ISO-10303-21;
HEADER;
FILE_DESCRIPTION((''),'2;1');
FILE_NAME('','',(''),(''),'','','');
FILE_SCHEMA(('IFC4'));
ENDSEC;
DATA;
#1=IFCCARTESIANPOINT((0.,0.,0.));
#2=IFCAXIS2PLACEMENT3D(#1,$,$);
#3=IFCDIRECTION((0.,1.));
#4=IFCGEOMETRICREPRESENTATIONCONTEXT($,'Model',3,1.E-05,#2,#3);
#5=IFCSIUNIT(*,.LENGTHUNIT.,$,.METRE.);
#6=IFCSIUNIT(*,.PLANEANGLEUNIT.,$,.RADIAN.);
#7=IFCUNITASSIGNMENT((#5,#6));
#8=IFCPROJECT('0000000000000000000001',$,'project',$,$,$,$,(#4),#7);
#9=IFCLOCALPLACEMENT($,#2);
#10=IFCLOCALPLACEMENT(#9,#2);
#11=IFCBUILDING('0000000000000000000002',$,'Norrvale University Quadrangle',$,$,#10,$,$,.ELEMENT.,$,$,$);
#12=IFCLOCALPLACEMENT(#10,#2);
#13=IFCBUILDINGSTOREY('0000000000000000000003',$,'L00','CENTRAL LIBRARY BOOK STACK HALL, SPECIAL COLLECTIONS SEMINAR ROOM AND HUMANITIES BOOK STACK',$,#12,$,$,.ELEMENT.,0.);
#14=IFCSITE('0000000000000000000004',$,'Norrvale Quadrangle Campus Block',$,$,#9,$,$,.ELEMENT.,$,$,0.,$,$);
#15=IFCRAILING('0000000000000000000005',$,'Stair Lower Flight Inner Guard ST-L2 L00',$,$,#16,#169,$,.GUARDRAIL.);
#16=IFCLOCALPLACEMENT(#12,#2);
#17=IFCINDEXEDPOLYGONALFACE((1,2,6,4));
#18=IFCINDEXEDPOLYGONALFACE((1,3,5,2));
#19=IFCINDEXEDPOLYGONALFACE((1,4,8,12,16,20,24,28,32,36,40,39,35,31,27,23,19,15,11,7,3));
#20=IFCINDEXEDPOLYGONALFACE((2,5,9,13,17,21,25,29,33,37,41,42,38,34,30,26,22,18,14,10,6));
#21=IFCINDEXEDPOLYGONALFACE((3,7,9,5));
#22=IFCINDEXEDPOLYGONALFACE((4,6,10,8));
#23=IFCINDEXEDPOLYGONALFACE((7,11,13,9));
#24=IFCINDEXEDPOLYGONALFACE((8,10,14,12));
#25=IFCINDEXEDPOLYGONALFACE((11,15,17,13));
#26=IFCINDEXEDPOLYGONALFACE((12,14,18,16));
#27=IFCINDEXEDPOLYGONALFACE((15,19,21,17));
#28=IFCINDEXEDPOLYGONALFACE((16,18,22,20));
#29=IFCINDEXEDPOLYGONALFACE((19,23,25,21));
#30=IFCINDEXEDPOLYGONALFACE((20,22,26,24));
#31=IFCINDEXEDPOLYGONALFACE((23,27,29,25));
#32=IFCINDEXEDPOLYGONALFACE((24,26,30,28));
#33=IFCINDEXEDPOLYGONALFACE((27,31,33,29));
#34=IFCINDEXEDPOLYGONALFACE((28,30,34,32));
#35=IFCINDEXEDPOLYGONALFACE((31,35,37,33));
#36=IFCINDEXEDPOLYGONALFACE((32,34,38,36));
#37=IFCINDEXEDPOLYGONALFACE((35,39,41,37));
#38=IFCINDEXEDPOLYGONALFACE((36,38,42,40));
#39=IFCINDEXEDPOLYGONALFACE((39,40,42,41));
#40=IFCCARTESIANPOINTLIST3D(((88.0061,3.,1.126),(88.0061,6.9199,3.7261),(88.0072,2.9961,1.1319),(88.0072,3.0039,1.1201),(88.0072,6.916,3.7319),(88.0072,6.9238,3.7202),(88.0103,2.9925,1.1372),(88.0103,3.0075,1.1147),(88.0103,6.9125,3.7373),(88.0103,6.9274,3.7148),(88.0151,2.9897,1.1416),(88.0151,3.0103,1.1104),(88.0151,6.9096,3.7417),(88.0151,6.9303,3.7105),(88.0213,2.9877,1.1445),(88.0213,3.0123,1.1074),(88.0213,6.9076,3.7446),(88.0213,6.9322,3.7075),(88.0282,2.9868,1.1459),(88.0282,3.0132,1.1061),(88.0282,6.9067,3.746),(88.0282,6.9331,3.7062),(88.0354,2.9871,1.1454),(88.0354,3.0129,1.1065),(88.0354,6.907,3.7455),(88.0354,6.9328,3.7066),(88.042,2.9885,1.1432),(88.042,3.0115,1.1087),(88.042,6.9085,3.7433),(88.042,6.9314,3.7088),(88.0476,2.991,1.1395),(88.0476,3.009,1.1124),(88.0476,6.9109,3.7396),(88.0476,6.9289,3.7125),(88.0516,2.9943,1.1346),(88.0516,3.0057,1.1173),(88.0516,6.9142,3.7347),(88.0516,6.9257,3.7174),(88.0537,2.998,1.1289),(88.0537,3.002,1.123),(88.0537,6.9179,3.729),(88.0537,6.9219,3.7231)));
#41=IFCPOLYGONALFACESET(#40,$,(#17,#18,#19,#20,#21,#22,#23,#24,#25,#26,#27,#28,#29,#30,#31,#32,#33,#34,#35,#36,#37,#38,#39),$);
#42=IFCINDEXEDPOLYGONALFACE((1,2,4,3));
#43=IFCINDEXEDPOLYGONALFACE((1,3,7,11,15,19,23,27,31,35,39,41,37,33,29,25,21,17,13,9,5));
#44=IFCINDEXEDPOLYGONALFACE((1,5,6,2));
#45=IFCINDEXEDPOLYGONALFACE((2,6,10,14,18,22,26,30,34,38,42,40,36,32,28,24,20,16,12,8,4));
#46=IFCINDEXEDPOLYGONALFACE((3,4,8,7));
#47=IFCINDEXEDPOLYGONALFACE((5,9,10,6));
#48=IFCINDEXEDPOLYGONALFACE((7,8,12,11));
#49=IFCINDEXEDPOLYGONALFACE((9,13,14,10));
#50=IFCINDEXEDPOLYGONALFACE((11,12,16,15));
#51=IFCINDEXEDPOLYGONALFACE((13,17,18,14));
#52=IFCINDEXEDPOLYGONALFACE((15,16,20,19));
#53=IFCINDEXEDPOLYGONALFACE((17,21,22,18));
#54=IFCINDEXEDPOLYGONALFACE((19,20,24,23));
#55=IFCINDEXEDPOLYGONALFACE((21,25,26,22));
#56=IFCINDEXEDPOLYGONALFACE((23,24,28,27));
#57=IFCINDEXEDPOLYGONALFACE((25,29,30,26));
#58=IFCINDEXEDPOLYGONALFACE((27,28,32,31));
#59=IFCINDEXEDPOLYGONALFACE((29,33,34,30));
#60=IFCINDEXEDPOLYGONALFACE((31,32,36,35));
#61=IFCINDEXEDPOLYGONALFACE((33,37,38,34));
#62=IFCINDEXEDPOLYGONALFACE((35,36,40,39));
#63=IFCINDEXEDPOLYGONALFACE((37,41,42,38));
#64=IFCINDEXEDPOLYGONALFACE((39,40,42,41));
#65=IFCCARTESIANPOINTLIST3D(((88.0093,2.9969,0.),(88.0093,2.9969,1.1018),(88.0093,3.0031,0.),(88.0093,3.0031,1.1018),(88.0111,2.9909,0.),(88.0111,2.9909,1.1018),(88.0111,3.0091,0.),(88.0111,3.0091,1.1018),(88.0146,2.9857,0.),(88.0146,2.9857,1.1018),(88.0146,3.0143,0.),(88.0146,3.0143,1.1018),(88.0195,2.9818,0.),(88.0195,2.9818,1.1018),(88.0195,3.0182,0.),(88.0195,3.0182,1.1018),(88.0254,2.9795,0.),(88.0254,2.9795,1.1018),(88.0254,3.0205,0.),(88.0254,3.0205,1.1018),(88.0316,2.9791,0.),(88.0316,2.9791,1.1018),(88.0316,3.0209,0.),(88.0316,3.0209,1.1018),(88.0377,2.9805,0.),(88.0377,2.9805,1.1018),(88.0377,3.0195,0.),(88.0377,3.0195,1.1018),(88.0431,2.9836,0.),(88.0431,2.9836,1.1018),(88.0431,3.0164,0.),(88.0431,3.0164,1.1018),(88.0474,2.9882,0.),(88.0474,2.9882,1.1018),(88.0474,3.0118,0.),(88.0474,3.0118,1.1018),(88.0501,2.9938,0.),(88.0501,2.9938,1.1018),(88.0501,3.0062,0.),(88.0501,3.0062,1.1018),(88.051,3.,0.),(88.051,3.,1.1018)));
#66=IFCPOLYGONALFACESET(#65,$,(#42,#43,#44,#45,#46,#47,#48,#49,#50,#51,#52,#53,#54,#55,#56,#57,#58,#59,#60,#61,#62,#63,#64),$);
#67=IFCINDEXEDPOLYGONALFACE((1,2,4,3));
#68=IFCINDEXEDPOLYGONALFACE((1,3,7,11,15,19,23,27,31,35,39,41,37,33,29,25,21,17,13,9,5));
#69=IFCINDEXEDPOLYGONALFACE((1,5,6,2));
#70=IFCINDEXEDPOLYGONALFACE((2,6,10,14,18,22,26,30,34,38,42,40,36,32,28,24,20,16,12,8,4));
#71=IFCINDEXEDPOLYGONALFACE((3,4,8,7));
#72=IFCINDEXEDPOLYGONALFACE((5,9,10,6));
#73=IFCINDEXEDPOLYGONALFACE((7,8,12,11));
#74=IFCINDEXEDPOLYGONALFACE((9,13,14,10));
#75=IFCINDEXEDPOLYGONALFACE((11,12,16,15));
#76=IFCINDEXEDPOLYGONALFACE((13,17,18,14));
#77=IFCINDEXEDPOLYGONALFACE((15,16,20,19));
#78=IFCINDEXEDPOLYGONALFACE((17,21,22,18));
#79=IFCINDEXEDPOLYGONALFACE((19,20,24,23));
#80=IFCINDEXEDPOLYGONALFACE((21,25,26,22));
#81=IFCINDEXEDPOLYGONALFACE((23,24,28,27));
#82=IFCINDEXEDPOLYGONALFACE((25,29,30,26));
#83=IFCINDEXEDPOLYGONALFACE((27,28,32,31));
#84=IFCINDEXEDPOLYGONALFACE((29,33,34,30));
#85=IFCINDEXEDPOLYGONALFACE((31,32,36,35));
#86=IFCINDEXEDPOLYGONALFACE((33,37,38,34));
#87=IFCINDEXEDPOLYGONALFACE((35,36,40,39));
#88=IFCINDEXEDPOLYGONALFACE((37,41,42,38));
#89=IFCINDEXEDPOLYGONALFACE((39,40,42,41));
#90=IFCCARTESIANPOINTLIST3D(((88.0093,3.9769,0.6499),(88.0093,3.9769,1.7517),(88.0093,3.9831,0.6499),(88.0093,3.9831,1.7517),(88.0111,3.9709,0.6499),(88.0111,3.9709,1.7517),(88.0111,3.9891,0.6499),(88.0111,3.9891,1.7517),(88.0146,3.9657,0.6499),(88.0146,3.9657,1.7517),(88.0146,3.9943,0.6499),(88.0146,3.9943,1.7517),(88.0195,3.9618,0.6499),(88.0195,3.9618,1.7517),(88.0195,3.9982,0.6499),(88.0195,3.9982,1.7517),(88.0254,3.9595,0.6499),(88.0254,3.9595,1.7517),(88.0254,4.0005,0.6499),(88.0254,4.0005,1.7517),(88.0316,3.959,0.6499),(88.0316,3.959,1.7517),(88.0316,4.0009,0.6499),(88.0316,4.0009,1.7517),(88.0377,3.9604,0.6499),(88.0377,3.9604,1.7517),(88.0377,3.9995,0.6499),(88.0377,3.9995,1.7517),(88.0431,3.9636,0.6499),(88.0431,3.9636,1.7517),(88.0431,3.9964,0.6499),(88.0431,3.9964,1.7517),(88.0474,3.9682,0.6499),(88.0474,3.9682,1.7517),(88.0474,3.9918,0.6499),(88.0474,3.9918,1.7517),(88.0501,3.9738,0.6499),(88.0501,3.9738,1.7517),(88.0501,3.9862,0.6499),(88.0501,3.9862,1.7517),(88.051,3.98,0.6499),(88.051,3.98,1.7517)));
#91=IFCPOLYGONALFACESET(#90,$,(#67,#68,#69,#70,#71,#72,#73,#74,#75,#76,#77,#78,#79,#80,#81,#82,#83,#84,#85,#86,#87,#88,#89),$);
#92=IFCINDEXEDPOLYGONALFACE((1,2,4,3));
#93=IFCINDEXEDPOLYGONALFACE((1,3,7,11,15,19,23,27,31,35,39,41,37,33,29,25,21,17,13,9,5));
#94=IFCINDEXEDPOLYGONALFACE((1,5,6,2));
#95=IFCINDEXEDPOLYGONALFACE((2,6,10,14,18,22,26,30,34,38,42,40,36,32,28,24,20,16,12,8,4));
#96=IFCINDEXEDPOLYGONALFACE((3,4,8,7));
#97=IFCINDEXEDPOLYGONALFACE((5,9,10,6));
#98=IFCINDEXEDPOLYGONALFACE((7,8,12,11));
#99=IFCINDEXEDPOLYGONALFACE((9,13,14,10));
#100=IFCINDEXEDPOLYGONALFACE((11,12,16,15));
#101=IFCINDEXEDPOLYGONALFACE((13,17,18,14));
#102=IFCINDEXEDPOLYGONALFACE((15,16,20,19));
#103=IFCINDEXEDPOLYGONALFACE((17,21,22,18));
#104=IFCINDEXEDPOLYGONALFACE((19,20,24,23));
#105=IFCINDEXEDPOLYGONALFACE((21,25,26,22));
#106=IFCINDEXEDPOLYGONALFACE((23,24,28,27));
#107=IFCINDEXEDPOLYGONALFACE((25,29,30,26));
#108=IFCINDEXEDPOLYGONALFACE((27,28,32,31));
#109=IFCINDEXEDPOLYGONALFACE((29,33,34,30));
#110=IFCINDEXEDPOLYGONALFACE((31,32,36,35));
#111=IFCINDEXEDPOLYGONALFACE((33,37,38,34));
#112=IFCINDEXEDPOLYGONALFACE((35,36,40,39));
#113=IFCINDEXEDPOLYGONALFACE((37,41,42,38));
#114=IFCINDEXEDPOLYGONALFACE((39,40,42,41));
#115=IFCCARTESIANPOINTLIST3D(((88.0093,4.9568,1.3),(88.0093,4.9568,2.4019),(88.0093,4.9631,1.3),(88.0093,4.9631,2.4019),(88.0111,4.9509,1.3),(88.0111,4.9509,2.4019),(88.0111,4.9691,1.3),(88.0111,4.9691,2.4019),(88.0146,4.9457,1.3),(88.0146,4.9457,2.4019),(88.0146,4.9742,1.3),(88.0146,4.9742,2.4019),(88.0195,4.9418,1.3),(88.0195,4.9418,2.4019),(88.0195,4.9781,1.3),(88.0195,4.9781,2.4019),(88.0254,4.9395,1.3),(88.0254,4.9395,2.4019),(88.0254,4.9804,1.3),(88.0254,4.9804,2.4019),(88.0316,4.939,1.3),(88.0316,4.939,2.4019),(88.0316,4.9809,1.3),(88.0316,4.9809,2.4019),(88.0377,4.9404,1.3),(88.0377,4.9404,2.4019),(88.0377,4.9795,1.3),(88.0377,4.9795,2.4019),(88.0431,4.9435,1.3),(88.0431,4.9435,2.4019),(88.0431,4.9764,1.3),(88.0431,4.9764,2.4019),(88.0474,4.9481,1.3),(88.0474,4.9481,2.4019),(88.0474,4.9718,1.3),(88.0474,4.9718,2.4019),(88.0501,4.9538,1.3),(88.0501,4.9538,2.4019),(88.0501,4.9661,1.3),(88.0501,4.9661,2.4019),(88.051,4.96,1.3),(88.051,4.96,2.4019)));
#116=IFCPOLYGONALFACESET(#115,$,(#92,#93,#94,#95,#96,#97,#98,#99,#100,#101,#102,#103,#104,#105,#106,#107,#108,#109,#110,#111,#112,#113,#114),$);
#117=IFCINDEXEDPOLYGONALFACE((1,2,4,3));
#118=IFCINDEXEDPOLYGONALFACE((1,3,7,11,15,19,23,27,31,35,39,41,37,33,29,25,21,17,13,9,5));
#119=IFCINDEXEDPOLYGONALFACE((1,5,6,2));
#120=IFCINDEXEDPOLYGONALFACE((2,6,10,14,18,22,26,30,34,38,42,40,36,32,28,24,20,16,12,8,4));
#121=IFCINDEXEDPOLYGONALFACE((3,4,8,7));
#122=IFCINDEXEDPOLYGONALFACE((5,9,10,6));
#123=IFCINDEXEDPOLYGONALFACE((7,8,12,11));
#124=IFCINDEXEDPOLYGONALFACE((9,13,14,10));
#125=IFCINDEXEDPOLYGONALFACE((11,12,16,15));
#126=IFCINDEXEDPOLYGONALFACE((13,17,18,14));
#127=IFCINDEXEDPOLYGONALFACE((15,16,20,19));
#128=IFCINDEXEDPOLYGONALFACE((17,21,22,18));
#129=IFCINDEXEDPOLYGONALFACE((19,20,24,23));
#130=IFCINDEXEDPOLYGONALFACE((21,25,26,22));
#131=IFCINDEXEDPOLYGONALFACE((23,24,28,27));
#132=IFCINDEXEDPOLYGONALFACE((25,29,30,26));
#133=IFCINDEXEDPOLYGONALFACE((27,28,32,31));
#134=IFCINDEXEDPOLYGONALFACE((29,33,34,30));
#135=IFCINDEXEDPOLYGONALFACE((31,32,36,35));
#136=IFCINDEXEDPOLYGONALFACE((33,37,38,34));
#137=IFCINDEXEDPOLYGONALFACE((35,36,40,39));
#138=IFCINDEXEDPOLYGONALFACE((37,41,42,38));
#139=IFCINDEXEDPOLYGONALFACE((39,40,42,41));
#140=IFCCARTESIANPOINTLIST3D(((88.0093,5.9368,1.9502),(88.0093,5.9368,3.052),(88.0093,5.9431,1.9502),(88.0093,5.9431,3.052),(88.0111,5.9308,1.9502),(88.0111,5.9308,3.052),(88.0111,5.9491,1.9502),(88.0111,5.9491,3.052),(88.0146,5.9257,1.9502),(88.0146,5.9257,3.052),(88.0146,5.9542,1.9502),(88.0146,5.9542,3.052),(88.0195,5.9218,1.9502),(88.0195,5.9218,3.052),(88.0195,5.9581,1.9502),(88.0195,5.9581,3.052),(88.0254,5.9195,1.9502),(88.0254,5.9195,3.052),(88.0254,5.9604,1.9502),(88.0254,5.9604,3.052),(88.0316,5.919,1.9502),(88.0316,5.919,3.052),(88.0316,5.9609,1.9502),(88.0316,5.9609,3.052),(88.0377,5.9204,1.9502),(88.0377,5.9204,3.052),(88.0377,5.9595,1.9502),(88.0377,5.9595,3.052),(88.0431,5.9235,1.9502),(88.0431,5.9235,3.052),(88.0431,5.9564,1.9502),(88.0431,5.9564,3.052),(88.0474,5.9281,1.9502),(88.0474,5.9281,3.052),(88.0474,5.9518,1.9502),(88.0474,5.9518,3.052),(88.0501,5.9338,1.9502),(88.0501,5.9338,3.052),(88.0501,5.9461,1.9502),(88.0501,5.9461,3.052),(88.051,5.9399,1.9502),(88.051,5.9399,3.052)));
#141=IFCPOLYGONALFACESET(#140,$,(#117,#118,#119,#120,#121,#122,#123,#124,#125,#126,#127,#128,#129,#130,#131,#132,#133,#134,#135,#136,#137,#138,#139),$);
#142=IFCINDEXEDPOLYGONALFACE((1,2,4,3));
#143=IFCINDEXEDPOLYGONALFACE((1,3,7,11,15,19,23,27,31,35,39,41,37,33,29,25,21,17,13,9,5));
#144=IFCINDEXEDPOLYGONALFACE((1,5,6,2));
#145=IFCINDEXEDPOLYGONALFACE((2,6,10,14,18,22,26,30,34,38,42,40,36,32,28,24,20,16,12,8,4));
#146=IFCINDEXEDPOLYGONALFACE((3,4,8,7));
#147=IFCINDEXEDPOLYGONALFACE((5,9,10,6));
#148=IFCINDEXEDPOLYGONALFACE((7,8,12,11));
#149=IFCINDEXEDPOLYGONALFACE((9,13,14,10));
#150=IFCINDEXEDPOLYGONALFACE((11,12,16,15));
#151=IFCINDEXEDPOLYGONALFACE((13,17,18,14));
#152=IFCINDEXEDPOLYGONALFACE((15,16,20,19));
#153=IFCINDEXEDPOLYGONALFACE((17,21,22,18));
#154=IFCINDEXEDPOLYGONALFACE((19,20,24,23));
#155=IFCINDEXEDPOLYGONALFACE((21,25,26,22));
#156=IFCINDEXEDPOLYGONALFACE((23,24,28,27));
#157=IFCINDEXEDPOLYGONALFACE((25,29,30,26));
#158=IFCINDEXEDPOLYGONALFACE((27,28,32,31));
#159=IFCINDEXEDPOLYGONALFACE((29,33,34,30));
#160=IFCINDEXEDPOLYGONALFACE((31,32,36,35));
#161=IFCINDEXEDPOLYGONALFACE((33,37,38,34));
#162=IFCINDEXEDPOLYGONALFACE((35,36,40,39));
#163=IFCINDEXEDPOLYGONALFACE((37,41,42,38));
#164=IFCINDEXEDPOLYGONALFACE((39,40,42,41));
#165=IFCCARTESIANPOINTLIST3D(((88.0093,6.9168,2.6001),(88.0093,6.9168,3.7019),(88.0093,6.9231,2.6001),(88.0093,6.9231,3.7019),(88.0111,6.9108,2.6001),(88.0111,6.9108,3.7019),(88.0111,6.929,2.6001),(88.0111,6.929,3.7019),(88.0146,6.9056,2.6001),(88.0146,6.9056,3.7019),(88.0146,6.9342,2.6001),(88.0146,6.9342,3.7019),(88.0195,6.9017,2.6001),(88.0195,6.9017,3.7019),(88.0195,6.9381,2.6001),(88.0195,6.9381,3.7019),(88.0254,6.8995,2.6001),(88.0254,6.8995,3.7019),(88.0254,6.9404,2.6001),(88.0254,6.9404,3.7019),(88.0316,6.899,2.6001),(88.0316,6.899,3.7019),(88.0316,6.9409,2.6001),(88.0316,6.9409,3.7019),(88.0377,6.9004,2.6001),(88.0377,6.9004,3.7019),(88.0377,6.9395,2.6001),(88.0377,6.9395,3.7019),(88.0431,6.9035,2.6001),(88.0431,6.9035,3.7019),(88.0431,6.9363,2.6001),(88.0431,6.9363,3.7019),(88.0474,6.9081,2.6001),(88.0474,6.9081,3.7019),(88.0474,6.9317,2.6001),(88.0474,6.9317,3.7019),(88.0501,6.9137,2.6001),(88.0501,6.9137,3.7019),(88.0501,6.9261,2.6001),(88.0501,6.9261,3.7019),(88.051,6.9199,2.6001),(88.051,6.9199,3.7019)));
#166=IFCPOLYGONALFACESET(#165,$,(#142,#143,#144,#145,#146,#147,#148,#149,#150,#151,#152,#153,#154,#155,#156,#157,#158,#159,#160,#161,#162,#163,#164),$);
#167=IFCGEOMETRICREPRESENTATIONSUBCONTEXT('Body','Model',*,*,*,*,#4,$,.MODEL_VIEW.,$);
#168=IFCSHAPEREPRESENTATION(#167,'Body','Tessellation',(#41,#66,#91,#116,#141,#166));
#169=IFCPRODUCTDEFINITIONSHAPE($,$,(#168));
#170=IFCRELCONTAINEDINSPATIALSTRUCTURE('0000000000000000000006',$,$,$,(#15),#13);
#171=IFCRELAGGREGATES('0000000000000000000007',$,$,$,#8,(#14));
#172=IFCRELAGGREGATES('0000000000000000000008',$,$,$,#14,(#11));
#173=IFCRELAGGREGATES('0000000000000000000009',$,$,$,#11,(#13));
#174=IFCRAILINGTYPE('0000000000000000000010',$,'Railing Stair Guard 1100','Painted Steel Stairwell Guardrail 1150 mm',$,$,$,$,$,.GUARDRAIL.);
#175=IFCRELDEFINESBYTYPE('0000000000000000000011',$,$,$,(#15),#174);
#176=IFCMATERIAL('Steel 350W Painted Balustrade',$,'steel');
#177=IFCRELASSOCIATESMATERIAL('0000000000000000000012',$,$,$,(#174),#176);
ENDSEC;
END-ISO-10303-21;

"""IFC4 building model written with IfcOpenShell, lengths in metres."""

from ifc_helpers import new_model, si_unit, direction, frame, origin, origin_2d, place, context, subcontext, project, spatial, circle, extrude, material, type_object, element, save


model = new_model("IFC4")

# Units and contexts
model_context = context("Model", 3, precision=1e-05, world=origin(), true_north=direction((0.0, 1.0)))
body_context = subcontext(model_context, "Body", "Model", "MODEL_VIEW")
ifc_project = project(units=[si_unit("LENGTHUNIT", "METRE"), si_unit("PLANEANGLEUNIT", "RADIAN")], contexts=[model_context])

# Site, building, storey
site_placement = place(None, origin())
site = spatial("IfcSite", under=ifc_project, at=site_placement, Name="Norrvale Quadrangle Campus Block", CompositionType="ELEMENT", RefElevation=0.0)
building_placement = place(site_placement, origin())
building = spatial("IfcBuilding", under=site, at=building_placement, Name="Norrvale University Quadrangle", CompositionType="ELEMENT")
storey_placement = place(building_placement, origin())
storey = spatial("IfcBuildingStorey", under=building, at=storey_placement, Name="L00", Description="CENTRAL LIBRARY BOOK STACK HALL, SPECIAL COLLECTIONS SEMINAR ROOM AND HUMANITIES BOOK STACK", CompositionType="ELEMENT", Elevation=0.0)

# Railing
ifc_material_1 = material(Name="Steel 350W Painted Balustrade", Category="steel")
railing_type_1 = type_object("IfcRailingType", Name="Railing Stair Guard 1100", Description="Painted Steel Stairwell Guardrail 1150 mm", PredefinedType="GUARDRAIL", material=ifc_material_1)
railing_1_placement = place(storey_placement, frame((88.03, 3.0, 0.0)))
element("IfcRailing", 1, at=railing_1_placement, inside=storey, type_object=railing_type_1, Name="Stair Lower Flight Inner Guard ST-L2 L00", PredefinedType="GUARDRAIL", context=body_context, shape_type="SweptSolid", body=[
    extrude(circle(Radius=0.0239, at=origin_2d()), frame((0.0, 0.0, 1.126), z_axis=(0.0, 0.833342, 0.552758), x_axis=(-1.0, 0.0, 0.0)), (0.0, 0.0, 1.0), 4.7039),
    extrude(circle(Radius=0.021, at=origin_2d()), origin(), (0.0, 0.0, 1.0), 1.1018),
    extrude(circle(Radius=0.021, at=origin_2d()), frame((0.0, 0.98, 0.6499)), (0.0, 0.0, 1.0), 1.1018),
    extrude(circle(Radius=0.021, at=origin_2d()), frame((0.0, 1.96, 1.3)), (0.0, 0.0, 1.0), 1.1018),
    extrude(circle(Radius=0.021, at=origin_2d()), frame((0.0, 2.9399, 1.9502)), (0.0, 0.0, 1.0), 1.1018),
    extrude(circle(Radius=0.021, at=origin_2d()), frame((0.0, 3.9199, 2.6001)), (0.0, 0.0, 1.0), 1.1018),
])

save(model, "model.ifc")
